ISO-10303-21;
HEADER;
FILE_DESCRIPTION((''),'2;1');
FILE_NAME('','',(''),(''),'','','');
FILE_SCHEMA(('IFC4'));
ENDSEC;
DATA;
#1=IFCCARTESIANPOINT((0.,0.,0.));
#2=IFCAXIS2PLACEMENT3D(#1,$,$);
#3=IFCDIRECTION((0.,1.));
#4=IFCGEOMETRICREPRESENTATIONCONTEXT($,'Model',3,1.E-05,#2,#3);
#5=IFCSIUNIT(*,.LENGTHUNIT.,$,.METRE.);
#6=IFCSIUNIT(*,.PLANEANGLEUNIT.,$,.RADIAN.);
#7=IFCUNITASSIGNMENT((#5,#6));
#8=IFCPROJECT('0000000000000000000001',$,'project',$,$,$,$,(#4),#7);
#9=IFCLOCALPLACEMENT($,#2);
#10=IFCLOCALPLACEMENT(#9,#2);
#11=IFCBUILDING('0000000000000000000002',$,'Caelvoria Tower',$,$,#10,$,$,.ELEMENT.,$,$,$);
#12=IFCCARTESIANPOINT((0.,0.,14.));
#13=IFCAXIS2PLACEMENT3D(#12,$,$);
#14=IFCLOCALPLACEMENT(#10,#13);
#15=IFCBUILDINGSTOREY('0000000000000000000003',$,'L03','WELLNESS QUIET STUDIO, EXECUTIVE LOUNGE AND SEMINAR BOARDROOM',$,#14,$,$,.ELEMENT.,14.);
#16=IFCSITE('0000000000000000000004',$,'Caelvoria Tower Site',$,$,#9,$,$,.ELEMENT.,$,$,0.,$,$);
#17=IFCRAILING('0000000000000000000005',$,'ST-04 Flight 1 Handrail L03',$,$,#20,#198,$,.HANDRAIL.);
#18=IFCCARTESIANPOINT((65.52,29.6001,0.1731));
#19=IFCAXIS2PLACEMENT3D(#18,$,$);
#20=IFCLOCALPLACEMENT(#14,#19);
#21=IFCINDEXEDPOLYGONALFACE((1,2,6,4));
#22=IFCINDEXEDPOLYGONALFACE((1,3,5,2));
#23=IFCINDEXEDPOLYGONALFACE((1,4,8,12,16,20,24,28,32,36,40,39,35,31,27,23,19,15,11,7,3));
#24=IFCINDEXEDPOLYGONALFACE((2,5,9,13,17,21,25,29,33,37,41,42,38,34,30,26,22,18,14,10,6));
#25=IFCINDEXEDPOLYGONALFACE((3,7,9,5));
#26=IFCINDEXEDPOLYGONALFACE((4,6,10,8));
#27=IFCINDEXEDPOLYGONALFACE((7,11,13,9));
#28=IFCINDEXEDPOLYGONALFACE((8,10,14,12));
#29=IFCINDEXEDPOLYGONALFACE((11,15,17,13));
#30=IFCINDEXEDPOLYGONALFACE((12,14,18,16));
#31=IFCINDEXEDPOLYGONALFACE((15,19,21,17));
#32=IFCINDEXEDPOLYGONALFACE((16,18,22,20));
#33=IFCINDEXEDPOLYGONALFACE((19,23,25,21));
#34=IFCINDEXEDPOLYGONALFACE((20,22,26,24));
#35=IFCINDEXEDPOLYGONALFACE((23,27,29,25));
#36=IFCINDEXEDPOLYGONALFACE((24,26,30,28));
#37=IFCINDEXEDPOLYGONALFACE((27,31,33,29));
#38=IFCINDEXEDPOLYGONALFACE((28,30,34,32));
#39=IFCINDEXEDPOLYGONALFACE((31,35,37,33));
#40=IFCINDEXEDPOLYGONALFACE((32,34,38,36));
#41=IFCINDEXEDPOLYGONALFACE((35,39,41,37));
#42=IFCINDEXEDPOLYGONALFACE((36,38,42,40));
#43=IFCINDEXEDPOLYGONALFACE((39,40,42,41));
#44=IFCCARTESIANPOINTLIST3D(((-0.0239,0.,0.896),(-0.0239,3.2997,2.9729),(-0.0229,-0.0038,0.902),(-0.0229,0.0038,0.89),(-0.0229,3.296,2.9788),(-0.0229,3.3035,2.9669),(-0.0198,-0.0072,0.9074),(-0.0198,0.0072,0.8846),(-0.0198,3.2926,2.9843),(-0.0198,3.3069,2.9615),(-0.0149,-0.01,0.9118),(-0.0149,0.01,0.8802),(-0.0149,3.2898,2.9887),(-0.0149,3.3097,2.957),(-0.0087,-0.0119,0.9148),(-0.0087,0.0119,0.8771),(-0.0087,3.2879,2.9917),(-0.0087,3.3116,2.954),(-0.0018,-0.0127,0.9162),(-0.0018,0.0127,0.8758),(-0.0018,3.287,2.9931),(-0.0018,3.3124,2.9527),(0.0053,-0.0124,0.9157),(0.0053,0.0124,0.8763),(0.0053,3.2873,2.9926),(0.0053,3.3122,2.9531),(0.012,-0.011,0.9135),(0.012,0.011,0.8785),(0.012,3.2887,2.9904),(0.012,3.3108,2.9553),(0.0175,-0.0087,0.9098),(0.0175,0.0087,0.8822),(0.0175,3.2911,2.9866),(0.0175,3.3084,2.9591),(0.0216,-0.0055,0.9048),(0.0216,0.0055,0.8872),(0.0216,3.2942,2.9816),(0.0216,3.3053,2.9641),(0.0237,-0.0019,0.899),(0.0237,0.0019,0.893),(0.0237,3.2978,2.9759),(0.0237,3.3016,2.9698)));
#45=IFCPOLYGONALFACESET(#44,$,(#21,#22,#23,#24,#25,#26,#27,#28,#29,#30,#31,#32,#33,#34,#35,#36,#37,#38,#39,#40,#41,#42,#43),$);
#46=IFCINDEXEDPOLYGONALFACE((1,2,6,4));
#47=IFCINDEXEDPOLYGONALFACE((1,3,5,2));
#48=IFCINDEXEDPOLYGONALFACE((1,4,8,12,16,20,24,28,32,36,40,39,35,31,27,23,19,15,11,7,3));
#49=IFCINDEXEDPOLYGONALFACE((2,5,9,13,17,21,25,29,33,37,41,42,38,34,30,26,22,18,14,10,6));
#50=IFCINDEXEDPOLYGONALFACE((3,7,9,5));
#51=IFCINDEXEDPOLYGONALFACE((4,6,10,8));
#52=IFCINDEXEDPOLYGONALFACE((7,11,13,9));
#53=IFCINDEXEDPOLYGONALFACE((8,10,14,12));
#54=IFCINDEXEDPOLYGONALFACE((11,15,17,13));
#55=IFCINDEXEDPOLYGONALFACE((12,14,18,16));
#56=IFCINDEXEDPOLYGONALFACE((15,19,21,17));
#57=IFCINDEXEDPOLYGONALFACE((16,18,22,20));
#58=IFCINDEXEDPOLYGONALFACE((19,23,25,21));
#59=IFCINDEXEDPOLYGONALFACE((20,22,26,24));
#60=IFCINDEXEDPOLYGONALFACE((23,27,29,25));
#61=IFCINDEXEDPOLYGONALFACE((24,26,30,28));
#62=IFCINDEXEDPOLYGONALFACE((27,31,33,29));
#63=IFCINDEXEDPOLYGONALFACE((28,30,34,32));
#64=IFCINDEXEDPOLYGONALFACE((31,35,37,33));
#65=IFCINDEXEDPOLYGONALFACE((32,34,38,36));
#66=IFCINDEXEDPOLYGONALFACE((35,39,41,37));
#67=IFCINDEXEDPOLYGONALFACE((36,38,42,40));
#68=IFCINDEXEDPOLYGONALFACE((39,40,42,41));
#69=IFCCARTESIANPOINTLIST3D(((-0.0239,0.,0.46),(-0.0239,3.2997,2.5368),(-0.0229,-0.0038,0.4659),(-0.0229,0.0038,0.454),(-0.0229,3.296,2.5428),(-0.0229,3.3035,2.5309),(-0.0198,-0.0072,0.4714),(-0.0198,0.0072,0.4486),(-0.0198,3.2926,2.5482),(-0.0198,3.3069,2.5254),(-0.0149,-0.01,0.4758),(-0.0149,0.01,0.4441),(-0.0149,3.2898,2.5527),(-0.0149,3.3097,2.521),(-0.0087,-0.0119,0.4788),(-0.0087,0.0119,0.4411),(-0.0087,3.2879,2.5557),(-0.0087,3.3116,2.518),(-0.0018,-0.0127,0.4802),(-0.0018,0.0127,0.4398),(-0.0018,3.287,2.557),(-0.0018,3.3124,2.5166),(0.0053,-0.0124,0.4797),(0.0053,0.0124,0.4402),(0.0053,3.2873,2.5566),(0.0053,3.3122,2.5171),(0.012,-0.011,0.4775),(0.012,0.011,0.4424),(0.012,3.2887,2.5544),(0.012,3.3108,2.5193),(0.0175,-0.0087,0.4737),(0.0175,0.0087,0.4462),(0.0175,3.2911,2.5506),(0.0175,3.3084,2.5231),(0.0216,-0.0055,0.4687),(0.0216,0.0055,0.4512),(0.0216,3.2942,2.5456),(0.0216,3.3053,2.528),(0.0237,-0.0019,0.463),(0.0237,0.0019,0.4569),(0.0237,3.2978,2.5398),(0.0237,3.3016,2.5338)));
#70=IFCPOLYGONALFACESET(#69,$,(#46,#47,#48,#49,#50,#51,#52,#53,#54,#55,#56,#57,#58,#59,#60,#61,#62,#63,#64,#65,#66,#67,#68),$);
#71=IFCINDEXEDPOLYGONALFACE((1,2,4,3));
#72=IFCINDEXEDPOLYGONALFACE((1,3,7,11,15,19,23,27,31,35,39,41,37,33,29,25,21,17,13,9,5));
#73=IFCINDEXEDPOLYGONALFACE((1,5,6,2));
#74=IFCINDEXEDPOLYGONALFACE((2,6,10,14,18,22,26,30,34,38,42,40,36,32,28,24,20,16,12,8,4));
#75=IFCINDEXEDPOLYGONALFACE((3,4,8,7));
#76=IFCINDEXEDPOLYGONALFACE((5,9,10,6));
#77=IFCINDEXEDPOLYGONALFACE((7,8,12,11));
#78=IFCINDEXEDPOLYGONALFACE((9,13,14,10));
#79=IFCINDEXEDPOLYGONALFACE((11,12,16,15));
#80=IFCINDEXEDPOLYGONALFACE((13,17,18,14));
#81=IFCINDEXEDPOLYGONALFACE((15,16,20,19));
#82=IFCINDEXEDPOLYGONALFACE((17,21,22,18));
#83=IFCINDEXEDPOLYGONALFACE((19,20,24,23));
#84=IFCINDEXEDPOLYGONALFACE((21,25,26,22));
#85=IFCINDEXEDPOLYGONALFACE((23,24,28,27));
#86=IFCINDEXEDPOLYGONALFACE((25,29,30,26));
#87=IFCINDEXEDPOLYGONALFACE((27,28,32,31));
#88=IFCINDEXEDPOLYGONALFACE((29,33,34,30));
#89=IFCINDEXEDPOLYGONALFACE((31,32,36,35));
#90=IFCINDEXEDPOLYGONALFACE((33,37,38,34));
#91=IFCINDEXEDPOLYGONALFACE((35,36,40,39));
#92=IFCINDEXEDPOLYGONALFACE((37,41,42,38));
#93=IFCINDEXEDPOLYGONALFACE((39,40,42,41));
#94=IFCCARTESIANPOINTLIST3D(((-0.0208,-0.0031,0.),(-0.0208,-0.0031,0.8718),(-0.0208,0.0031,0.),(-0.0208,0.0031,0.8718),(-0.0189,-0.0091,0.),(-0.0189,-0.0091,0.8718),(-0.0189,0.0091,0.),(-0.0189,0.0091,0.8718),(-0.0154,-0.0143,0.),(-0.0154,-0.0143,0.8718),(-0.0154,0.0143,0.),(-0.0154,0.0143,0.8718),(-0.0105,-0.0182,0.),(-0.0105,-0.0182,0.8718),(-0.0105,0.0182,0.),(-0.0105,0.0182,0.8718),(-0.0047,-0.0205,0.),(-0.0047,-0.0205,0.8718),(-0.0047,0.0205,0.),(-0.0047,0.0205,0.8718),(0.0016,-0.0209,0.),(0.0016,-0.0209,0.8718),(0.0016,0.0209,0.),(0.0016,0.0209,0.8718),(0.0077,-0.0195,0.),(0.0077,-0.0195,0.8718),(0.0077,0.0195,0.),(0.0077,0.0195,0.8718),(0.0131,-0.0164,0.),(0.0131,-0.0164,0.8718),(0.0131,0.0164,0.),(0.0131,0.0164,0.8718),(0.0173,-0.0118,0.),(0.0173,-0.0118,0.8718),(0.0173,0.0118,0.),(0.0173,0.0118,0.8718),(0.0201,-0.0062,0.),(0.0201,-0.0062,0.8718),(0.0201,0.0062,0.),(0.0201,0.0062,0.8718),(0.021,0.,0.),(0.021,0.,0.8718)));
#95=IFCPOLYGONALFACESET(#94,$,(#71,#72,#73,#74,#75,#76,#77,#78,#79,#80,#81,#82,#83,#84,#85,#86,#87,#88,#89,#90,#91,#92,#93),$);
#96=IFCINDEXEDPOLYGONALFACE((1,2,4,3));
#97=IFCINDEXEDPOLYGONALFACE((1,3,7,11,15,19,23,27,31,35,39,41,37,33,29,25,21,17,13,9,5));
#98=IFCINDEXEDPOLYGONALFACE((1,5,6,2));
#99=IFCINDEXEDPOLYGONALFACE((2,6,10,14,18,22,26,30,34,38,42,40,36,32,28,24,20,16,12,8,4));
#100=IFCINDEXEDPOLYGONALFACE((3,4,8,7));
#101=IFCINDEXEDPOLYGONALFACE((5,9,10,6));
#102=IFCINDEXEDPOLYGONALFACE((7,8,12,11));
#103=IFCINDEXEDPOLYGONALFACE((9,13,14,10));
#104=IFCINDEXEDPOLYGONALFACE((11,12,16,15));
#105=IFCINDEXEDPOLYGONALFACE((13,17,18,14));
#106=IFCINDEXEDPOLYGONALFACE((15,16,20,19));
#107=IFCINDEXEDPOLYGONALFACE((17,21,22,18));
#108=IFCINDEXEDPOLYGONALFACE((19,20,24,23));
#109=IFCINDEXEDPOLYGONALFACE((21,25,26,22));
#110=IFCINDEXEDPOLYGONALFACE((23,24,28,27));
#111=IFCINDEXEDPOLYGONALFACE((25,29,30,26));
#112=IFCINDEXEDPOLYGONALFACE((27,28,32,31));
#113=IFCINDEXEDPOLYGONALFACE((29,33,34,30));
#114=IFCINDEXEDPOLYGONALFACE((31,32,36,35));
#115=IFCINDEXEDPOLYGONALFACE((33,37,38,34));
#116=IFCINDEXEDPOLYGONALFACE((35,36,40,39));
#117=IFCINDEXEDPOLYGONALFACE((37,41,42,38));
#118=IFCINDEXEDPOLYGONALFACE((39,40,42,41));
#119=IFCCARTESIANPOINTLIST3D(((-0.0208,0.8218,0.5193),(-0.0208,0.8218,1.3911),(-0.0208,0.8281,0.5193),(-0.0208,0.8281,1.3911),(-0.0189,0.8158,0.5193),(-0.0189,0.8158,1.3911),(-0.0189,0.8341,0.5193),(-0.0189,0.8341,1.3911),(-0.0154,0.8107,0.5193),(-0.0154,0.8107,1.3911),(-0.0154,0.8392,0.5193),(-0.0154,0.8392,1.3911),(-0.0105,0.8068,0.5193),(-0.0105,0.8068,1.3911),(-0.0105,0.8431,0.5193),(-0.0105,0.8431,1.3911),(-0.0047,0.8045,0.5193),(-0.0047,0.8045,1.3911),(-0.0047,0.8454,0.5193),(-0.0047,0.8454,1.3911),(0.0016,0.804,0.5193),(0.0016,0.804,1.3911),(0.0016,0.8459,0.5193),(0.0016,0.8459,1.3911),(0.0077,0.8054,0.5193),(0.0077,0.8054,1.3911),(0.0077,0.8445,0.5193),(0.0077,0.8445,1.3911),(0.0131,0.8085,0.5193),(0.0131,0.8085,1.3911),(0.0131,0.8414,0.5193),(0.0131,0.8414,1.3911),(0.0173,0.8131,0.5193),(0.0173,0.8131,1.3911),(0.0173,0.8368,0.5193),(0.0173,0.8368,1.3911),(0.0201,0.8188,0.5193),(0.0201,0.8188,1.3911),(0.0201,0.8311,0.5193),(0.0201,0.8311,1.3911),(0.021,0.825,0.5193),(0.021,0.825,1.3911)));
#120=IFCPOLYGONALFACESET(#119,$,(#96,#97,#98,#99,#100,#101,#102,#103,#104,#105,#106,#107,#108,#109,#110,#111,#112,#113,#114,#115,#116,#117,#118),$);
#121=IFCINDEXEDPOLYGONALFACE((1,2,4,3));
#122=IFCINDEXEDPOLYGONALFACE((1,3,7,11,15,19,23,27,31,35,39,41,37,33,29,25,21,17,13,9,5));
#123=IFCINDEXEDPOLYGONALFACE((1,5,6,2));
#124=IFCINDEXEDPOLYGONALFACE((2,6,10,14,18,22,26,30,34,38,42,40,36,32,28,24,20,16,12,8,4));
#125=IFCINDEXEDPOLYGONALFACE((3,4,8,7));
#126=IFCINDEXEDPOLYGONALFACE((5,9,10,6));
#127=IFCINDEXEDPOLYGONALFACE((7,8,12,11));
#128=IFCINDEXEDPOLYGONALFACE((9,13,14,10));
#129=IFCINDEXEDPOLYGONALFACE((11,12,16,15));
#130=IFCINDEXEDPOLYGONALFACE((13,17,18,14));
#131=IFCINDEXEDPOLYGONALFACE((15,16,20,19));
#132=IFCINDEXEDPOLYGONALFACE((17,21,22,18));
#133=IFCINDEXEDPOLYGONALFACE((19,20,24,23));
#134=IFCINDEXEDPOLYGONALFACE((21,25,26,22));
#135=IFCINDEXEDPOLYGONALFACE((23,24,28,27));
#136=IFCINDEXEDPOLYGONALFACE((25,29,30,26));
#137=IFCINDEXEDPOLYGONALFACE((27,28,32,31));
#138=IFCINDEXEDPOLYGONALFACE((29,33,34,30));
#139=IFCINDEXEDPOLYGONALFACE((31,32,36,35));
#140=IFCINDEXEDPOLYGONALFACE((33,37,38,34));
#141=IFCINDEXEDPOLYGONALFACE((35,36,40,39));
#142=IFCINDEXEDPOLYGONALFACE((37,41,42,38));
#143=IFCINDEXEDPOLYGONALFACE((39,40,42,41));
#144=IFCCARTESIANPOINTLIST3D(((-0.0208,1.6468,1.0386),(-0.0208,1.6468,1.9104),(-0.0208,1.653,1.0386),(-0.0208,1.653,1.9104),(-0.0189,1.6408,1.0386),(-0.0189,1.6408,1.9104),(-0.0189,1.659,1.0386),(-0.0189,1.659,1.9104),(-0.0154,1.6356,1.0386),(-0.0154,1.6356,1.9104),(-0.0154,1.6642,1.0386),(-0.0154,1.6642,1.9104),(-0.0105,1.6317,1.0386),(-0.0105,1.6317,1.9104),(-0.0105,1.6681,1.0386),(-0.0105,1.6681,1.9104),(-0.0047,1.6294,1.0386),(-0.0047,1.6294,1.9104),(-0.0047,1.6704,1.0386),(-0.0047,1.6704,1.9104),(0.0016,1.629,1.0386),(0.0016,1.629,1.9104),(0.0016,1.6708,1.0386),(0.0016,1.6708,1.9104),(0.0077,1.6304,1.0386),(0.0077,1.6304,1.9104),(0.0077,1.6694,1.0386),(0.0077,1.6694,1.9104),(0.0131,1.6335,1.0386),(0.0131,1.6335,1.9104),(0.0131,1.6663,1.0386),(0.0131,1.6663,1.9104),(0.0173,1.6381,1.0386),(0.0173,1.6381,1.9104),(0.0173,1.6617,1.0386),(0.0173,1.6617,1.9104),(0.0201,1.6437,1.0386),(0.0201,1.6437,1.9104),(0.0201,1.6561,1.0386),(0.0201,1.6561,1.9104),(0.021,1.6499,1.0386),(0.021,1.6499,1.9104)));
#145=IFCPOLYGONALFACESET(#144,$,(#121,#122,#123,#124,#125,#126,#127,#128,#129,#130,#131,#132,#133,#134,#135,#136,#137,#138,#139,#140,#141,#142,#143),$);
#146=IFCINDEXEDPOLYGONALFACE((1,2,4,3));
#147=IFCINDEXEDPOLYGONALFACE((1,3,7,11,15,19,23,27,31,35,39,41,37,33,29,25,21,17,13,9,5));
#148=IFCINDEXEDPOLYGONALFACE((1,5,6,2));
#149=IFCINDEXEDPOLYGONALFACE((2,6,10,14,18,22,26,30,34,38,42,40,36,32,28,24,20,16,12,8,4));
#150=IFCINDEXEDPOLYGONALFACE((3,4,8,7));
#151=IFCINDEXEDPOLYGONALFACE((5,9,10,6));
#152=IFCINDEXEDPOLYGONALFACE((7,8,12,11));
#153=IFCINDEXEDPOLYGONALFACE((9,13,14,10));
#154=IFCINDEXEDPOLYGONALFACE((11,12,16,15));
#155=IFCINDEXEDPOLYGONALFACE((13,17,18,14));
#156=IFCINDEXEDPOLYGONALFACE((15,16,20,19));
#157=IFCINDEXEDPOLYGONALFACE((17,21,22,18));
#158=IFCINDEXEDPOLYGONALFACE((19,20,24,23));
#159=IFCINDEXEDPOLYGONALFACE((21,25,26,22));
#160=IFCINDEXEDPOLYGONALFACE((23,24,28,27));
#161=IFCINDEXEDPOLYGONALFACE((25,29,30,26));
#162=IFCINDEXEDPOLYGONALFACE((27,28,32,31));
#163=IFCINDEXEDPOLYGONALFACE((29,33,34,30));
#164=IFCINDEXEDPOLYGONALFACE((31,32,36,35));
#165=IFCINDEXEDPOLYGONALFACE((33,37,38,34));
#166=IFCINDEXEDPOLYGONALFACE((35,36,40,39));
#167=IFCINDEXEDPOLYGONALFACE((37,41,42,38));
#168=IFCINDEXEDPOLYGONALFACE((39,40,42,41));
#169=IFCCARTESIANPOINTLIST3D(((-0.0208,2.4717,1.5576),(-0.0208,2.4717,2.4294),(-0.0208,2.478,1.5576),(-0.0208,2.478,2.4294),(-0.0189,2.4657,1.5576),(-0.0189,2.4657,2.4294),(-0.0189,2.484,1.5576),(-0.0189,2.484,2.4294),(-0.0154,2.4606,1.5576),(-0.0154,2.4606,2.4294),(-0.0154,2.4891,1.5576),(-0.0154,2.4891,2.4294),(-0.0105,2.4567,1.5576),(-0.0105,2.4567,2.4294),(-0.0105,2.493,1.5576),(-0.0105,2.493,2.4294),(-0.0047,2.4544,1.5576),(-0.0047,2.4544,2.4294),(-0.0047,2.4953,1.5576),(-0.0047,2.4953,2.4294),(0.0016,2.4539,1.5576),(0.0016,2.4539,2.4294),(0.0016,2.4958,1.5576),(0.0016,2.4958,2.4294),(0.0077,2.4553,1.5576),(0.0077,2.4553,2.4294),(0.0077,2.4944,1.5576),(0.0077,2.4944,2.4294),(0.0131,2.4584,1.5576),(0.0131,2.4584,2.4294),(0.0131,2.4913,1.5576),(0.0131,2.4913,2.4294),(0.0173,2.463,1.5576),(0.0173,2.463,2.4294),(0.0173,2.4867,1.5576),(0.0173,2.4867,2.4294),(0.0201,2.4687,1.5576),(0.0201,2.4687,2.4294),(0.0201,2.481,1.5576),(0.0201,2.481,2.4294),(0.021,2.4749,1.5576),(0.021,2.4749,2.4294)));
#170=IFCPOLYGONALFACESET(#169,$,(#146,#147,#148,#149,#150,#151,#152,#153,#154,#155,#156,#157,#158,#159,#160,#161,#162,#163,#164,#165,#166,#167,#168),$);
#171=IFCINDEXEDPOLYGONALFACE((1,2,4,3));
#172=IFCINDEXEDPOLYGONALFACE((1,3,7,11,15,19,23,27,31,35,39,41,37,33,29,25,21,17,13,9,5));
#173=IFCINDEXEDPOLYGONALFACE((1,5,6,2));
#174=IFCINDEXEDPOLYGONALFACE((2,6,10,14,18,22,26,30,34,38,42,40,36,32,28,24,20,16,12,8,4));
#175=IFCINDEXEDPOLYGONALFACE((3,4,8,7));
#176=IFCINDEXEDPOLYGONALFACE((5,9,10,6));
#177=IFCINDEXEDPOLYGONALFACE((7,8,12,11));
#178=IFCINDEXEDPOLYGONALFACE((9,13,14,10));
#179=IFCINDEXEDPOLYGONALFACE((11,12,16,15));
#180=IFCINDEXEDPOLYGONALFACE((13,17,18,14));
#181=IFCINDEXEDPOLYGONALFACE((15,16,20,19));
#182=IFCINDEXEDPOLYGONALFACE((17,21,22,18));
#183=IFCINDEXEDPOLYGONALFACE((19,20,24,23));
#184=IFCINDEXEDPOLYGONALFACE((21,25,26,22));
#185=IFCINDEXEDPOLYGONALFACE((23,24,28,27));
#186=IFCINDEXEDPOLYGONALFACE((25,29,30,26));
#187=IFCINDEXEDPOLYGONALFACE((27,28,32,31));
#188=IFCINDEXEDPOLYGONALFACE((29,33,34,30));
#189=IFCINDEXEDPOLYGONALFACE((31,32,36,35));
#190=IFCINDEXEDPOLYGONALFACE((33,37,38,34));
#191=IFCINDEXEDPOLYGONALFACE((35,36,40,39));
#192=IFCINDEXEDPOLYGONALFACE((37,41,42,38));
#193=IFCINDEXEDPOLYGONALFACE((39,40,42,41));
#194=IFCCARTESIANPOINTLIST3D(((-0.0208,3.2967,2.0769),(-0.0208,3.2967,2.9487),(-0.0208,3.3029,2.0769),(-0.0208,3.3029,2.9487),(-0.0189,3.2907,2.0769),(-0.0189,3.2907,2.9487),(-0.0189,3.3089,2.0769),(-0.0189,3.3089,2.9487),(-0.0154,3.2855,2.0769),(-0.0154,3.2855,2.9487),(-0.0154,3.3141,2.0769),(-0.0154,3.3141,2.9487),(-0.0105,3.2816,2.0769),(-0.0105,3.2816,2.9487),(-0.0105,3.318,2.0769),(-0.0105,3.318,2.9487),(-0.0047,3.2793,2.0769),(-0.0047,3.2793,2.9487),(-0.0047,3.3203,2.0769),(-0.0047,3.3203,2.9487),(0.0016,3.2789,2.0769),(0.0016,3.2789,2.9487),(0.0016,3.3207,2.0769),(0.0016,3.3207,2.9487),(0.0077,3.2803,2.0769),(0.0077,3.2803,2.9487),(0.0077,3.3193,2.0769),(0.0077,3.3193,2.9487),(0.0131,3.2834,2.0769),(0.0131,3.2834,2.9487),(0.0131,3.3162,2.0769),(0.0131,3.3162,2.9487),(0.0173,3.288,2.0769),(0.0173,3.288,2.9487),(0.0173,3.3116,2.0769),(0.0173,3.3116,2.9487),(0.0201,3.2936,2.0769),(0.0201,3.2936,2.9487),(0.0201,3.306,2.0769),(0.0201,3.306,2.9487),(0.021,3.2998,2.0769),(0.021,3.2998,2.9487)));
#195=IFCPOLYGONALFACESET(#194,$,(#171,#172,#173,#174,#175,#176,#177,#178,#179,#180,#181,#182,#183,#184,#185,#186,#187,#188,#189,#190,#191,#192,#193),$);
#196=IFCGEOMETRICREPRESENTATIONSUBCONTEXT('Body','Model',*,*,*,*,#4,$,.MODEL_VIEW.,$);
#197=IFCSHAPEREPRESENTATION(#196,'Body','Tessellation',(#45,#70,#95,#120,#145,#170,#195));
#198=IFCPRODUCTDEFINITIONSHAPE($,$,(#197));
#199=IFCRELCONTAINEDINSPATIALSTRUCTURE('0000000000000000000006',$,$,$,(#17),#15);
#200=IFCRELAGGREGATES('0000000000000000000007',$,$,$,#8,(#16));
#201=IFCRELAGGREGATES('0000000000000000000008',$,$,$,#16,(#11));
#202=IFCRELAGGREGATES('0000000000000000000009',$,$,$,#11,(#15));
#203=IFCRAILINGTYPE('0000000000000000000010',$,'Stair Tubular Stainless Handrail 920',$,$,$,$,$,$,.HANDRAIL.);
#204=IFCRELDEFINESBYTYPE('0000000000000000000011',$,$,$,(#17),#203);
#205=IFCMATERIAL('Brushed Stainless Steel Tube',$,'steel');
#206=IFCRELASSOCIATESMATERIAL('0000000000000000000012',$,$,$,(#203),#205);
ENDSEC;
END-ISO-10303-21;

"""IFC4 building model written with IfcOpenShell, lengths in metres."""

from ifc_helpers import new_model, si_unit, direction, frame, origin, origin_2d, place, context, subcontext, project, spatial, circle, extrude, material, type_object, element, save


model = new_model("IFC4")

# Units and contexts
model_context = context("Model", 3, precision=1e-05, world=origin(), true_north=direction((0.0, 1.0)))
body_context = subcontext(model_context, "Body", "Model", "MODEL_VIEW")
ifc_project = project(units=[si_unit("LENGTHUNIT", "METRE"), si_unit("PLANEANGLEUNIT", "RADIAN")], contexts=[model_context])

# Site, building, storey
site_placement = place(None, origin())
site = spatial("IfcSite", under=ifc_project, at=site_placement, Name="Caelvoria Tower Site", CompositionType="ELEMENT", RefElevation=0.0)
building_placement = place(site_placement, origin())
building = spatial("IfcBuilding", under=site, at=building_placement, Name="Caelvoria Tower", CompositionType="ELEMENT")
storey_placement = place(building_placement, frame((0.0, 0.0, 14.0)))
storey = spatial("IfcBuildingStorey", under=building, at=storey_placement, Name="L03", Description="WELLNESS QUIET STUDIO, EXECUTIVE LOUNGE AND SEMINAR BOARDROOM", CompositionType="ELEMENT", Elevation=14.0)

# Railing
ifc_material_1 = material(Name="Brushed Stainless Steel Tube", Category="steel")
railing_type = type_object("IfcRailingType", Name="Stair Tubular Stainless Handrail 920", PredefinedType="HANDRAIL", material=ifc_material_1)
railing_placement = place(storey_placement, frame((65.52, 29.6001, 0.1731)))
element("IfcRailing", 1, at=railing_placement, inside=storey, type_object=railing_type, Name="ST-04 Flight 1 Handrail L03", PredefinedType="HANDRAIL", context=body_context, shape_type="SweptSolid", body=[
    extrude(circle(Radius=0.0239, at=origin_2d()), frame((0.0, 0.0, 0.896), z_axis=(0.0, 0.84632, 0.532675), x_axis=(-1.0, 0.0, 0.0)), (0.0, 0.0, 1.0), 3.8989),
    extrude(circle(Radius=0.0239, at=origin_2d()), frame((0.0, 0.0, 0.46), z_axis=(0.0, 0.84632, 0.532675), x_axis=(-1.0, 0.0, 0.0)), (0.0, 0.0, 1.0), 3.8989),
    extrude(circle(Radius=0.021, at=origin_2d()), origin(), (0.0, 0.0, 1.0), 0.8718),
    extrude(circle(Radius=0.021, at=origin_2d()), frame((0.0, 0.825, 0.5193)), (0.0, 0.0, 1.0), 0.8718),
    extrude(circle(Radius=0.021, at=origin_2d()), frame((0.0, 1.6499, 1.0386)), (0.0, 0.0, 1.0), 0.8718),
    extrude(circle(Radius=0.021, at=origin_2d()), frame((0.0, 2.4749, 1.5576)), (0.0, 0.0, 1.0), 0.8718),
    extrude(circle(Radius=0.021, at=origin_2d()), frame((0.0, 3.2998, 2.0769)), (0.0, 0.0, 1.0), 0.8718),
])

save(model, "model.ifc")
